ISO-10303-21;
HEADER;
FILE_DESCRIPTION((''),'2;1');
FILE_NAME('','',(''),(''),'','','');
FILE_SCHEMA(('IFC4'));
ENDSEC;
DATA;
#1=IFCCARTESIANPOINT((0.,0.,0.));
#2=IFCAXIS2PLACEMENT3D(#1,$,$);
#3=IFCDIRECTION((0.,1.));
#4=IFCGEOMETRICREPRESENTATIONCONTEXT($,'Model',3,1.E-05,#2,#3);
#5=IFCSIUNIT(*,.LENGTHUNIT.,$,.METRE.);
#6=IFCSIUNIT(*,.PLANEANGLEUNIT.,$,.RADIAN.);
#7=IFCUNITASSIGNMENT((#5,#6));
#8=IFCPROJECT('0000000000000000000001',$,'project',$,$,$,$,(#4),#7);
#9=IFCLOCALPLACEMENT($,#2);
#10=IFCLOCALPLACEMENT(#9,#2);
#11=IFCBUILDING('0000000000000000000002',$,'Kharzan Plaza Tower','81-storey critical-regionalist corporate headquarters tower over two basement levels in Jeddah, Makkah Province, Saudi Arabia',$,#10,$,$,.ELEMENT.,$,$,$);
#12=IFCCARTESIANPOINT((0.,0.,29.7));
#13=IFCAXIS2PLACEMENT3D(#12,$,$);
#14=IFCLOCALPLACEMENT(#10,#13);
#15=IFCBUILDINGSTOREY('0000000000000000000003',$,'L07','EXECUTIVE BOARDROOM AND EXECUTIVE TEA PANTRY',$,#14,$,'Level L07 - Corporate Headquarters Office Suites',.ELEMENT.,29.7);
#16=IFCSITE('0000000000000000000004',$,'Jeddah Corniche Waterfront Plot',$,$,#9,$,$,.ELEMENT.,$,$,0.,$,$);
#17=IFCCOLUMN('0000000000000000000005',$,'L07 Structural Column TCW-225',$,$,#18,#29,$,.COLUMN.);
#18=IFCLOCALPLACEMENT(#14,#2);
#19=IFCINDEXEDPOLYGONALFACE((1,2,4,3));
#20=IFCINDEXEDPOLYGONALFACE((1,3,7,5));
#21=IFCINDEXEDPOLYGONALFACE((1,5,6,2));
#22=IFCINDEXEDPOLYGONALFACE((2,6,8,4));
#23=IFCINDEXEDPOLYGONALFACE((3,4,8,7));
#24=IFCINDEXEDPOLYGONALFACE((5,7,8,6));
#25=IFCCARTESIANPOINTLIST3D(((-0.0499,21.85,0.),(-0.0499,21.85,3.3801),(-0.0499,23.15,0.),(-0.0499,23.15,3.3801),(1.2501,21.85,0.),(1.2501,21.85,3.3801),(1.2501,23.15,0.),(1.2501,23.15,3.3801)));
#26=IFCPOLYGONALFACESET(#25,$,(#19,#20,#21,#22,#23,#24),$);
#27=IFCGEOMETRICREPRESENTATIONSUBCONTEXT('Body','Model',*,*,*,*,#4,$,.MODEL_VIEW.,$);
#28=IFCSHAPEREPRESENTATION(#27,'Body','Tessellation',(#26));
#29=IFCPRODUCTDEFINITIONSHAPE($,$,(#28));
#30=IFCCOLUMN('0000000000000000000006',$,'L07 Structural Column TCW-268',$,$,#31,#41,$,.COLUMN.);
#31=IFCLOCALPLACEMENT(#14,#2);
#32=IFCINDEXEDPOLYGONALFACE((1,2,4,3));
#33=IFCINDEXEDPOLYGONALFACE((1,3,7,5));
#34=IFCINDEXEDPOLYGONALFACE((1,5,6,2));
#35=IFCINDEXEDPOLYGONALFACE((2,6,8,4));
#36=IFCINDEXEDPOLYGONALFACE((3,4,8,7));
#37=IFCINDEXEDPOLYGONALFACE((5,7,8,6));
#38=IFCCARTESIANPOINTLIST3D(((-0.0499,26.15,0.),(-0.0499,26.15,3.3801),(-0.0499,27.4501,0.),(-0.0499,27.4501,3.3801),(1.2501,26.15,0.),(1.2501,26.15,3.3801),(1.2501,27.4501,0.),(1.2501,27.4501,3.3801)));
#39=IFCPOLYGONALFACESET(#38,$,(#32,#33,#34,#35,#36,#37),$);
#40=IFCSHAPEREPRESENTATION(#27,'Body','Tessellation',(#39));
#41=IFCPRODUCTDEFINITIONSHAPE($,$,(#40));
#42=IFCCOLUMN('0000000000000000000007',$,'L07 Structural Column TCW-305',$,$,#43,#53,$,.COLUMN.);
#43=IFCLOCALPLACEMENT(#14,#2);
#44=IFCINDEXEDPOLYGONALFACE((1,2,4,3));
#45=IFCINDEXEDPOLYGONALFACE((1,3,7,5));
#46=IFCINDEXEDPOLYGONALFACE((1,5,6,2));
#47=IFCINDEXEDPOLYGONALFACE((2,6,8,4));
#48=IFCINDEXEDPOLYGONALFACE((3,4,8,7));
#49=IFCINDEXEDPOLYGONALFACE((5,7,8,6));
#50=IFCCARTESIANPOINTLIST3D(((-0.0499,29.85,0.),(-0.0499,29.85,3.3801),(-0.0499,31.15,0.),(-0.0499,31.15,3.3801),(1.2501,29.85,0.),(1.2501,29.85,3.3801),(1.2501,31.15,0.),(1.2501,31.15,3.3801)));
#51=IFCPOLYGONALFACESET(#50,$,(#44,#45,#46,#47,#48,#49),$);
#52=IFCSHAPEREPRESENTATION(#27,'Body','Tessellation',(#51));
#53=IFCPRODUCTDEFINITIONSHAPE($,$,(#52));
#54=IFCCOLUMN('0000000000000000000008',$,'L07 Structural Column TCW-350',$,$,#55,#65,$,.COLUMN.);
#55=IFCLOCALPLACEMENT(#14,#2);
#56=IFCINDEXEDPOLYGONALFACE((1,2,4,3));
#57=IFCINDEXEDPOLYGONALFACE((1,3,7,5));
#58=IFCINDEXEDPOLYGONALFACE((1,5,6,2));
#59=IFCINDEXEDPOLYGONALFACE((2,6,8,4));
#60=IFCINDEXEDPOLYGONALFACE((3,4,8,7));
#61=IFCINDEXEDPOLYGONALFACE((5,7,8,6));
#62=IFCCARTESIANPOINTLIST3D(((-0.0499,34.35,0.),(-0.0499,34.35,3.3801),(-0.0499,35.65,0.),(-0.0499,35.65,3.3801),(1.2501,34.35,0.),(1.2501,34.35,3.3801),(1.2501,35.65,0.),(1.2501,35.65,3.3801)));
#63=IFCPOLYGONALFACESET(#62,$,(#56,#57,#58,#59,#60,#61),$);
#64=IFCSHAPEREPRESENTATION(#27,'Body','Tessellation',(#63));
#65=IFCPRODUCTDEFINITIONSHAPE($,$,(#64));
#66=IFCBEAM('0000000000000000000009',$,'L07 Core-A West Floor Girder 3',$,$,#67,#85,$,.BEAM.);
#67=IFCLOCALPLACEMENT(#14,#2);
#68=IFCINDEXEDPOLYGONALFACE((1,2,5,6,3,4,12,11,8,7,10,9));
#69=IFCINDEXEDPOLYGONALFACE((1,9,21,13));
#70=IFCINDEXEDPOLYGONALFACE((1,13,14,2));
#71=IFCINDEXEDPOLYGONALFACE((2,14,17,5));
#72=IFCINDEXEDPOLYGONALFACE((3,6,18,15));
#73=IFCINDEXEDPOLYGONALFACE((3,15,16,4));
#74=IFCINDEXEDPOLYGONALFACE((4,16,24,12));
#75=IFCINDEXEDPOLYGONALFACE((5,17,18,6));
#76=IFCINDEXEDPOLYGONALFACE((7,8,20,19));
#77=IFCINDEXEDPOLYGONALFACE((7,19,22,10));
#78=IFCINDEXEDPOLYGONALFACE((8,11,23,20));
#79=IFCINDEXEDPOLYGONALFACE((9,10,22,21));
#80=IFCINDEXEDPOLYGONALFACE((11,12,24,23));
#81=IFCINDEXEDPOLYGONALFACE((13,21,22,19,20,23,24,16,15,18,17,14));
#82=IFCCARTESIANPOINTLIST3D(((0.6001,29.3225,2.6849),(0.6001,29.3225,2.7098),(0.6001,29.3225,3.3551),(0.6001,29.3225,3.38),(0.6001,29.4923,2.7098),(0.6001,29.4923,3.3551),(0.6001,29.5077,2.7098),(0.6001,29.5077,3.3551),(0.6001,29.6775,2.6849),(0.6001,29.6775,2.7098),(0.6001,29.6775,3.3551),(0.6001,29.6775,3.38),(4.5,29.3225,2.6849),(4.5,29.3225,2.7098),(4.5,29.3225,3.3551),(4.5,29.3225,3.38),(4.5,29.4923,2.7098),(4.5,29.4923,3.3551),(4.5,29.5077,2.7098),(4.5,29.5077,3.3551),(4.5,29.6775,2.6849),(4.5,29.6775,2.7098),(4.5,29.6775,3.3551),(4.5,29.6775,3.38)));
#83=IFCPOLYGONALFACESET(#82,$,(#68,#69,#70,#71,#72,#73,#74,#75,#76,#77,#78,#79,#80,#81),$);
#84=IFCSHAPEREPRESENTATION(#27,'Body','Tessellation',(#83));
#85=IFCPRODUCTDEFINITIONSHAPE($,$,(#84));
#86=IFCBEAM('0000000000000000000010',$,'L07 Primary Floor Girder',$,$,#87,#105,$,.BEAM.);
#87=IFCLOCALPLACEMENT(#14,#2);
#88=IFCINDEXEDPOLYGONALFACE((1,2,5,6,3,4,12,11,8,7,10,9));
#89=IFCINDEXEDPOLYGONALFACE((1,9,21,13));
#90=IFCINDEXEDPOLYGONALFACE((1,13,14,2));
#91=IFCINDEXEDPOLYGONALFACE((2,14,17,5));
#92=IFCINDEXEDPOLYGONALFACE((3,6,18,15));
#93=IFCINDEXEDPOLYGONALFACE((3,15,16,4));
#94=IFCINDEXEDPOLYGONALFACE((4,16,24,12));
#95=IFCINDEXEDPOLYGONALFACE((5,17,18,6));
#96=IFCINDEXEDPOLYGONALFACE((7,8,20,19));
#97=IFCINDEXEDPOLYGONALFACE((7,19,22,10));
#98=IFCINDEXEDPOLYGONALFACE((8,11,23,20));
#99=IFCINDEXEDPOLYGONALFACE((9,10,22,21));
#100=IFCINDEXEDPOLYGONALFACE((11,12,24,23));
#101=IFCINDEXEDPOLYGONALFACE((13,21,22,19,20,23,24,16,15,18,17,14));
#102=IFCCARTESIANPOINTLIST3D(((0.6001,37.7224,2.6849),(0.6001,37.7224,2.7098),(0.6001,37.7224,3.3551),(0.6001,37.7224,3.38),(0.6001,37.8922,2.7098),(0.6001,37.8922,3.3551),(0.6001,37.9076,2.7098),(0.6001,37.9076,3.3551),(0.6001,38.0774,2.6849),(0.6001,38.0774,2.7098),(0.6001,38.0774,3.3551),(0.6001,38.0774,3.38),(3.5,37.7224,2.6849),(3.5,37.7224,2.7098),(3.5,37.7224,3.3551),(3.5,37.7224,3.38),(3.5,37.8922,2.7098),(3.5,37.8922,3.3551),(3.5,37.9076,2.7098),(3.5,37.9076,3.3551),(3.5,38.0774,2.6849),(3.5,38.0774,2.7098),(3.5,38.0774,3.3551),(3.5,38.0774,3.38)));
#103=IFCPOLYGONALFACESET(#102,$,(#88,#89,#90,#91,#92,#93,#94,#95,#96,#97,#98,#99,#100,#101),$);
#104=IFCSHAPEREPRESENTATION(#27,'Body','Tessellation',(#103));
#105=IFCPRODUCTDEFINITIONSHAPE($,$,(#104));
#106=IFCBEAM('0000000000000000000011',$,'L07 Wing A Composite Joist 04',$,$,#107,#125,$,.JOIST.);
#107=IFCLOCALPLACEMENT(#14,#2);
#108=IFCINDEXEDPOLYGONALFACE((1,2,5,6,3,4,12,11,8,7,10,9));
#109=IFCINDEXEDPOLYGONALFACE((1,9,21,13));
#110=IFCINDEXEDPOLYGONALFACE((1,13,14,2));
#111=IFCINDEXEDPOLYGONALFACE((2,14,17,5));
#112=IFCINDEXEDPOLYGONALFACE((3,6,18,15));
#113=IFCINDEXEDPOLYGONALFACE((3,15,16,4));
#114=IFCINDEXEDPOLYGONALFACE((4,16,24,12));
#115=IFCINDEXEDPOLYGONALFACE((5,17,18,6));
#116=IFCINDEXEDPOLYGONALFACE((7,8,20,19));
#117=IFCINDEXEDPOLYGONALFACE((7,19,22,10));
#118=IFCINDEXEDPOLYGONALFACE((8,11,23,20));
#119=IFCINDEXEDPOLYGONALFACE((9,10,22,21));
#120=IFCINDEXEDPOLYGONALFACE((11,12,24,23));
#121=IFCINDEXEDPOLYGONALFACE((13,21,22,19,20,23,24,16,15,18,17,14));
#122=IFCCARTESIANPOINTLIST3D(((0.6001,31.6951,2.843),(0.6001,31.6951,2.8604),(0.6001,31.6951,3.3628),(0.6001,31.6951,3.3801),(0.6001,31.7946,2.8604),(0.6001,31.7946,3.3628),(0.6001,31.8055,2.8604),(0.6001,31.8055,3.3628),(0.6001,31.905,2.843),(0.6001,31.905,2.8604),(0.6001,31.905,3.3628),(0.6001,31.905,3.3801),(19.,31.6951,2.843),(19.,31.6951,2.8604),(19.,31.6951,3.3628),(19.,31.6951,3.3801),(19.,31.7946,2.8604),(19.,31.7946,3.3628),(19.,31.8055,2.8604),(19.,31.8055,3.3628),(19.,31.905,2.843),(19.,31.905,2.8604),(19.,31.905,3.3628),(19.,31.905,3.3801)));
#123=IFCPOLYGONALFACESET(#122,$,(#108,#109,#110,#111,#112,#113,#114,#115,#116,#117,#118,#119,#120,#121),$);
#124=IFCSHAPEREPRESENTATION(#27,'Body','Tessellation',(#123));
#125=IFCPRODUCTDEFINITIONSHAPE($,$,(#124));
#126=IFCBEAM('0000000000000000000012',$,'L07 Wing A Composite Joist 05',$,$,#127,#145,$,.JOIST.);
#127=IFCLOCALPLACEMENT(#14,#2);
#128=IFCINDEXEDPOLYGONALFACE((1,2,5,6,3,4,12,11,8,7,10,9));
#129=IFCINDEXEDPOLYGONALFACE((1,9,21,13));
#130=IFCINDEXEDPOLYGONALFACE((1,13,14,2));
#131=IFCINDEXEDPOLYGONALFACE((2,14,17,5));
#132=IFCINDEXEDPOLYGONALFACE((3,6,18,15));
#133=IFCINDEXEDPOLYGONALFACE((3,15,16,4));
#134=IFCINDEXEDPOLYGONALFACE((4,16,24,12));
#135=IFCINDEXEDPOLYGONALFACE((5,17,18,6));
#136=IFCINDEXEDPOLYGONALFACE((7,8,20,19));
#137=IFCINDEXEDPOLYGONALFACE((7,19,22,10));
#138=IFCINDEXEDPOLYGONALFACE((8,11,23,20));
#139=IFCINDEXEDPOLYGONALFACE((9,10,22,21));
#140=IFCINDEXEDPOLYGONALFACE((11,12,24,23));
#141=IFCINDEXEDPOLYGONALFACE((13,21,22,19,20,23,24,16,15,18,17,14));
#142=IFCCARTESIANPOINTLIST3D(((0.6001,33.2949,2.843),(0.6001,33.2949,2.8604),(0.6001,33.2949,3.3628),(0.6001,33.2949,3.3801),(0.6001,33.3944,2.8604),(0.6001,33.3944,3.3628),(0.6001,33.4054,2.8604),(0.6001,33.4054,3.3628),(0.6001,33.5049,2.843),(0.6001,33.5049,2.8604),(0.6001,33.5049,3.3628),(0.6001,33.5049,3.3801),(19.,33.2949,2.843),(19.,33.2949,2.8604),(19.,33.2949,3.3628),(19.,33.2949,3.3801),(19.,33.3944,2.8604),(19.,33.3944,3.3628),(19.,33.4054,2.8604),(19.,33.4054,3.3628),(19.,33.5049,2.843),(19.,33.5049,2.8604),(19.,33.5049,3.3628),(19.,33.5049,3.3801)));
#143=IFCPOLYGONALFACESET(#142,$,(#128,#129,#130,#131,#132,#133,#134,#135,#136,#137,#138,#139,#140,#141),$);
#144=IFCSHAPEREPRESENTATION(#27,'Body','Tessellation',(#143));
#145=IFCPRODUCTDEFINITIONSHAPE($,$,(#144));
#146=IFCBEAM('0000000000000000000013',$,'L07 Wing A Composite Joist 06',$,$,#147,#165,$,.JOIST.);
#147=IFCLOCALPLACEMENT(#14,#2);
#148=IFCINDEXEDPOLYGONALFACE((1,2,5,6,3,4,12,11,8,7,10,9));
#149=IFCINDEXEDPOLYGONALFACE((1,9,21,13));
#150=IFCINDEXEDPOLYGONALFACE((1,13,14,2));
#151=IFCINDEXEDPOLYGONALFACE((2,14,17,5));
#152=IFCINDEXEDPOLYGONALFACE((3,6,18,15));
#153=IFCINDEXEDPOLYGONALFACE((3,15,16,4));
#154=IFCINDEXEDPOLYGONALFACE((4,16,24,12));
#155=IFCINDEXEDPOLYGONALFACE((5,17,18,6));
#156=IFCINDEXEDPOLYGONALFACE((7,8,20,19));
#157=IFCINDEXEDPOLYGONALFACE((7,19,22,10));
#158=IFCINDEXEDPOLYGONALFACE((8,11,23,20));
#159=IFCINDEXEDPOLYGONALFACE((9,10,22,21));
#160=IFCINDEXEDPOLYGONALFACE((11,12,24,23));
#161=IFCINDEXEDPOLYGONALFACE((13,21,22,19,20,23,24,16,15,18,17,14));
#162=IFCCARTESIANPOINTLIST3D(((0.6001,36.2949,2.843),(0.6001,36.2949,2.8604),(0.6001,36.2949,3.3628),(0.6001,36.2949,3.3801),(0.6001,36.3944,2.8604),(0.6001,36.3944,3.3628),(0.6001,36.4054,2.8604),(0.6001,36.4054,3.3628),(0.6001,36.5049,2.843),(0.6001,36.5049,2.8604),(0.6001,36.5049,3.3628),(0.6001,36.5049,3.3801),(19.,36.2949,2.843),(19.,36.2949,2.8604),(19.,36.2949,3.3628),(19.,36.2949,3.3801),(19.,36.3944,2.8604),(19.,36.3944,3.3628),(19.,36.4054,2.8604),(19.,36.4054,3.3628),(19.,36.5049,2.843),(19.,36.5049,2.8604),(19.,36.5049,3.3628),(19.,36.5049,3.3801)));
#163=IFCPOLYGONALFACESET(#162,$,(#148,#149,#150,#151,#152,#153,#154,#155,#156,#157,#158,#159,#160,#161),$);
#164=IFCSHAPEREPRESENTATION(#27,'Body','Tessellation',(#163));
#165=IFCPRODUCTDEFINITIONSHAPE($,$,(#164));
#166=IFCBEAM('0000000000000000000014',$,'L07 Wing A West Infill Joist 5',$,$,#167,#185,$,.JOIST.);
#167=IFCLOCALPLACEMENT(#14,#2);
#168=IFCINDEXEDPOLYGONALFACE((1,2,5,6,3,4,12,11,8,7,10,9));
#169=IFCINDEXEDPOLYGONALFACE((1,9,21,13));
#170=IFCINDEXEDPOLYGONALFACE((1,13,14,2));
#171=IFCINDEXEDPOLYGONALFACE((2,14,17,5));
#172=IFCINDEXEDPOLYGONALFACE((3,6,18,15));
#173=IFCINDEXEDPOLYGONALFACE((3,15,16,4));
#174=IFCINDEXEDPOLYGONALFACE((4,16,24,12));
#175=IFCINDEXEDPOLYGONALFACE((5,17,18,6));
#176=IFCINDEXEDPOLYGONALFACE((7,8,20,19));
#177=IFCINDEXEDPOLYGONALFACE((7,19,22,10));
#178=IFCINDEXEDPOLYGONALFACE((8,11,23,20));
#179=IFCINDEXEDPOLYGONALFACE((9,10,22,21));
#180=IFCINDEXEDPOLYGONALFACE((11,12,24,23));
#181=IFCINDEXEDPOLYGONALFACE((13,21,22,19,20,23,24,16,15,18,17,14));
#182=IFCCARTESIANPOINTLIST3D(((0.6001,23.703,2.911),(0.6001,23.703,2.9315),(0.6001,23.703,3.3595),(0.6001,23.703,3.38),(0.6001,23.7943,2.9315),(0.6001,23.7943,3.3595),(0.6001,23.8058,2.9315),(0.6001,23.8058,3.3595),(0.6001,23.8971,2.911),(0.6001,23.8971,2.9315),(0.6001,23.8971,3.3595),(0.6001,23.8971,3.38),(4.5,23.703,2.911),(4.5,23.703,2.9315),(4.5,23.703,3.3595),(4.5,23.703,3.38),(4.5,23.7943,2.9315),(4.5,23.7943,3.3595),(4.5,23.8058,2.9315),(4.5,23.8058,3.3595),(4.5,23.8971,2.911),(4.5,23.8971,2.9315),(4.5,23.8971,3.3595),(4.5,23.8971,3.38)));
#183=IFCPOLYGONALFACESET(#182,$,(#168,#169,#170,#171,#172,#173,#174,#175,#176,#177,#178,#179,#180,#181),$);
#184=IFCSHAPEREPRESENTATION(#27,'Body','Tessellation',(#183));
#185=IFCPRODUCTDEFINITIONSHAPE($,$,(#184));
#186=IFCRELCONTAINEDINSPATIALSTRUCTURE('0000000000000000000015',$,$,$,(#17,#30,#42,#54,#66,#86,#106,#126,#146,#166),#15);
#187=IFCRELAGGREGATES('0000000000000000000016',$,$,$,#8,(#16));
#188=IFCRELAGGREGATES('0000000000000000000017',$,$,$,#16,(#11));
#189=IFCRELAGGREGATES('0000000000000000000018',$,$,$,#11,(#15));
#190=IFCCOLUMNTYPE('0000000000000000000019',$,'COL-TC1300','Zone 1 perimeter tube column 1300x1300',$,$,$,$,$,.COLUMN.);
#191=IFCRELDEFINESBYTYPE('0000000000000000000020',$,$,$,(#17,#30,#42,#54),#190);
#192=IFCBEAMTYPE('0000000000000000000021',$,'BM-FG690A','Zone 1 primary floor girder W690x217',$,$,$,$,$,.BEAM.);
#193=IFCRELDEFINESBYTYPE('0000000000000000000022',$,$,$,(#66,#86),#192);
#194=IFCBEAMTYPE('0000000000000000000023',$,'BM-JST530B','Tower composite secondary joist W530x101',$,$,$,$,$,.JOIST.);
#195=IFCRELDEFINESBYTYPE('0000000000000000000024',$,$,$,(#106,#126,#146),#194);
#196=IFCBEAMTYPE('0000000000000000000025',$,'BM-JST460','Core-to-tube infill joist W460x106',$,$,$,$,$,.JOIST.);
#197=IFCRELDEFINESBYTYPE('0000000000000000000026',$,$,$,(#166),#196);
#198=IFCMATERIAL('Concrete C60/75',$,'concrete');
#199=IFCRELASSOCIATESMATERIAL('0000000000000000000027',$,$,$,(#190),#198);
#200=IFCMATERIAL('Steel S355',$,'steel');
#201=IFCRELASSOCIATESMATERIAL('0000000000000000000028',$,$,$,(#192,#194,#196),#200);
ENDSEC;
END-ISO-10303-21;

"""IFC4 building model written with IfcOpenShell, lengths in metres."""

from ifc_helpers import new_model, si_unit, direction, frame, origin, origin_2d, place, context, subcontext, project, spatial, rectangle, i_section, extrude, source, transform, mapped, material, material_profile, profile_set, type_object, element, save


model = new_model("IFC4")

# Units and contexts
model_context = context("Model", 3, precision=1e-05, world=origin(), true_north=direction((0.0, 1.0)))
body_context = subcontext(model_context, "Body", "Model", "MODEL_VIEW")
ifc_project = project(units=[si_unit("LENGTHUNIT", "METRE"), si_unit("PLANEANGLEUNIT", "RADIAN")], contexts=[model_context])

# Site, building, storey
site_placement = place(None, origin())
site = spatial("IfcSite", under=ifc_project, at=site_placement, Name="Jeddah Corniche Waterfront Plot", CompositionType="ELEMENT", RefElevation=0.0)
building_placement = place(site_placement, origin())
building = spatial("IfcBuilding", under=site, at=building_placement, Name="Kharzan Plaza Tower", Description="81-storey critical-regionalist corporate headquarters tower over two basement levels in Jeddah, Makkah Province, Saudi Arabia", CompositionType="ELEMENT")
storey_placement = place(building_placement, frame((0.0, 0.0, 29.7)))
storey = spatial("IfcBuildingStorey", under=building, at=storey_placement, Name="L07", Description="EXECUTIVE BOARDROOM AND EXECUTIVE TEA PANTRY", LongName="Level L07 - Corporate Headquarters Office Suites", CompositionType="ELEMENT", Elevation=29.7)

# Columns
ifc_material_1 = material(Name="Concrete C60/75", Category="concrete")
ifc_material_profile_1 = material_profile(ifc_material_1, rectangle(XDim=1.3, YDim=1.3, at=origin_2d()), Name="RC-TC1300x1300")
ifc_profile_set_1 = profile_set([ifc_material_profile_1], Name="Concrete C60/75")
column_type = type_object("IfcColumnType", Name="COL-TC1300", Description="Zone 1 perimeter tube column 1300x1300", PredefinedType="COLUMN", material=ifc_profile_set_1)
shared_shape_1 = source(origin(), body_context, "Body", "SweptSolid", [
    extrude(rectangle(XDim=1.3, YDim=1.3, at=origin_2d()), origin(), (0.0, 0.0, 1.0), 3.3801),
])
for number, where, z_axis, x_axis, name in (
    (1, (0.6001, 22.5, 0.0), (0.0, 0.0, 1.0), (1.0, 0.0, 0.0), "L07 Structural Column TCW-225"),
    (2, (0.6001, 26.8, 0.0), (0.0, 0.0, 1.0), (1.0, 0.0, 0.0), "L07 Structural Column TCW-268"),
    (3, (0.6001, 30.5, 0.0), (0.0, 0.0, 1.0), (1.0, 0.0, 0.0), "L07 Structural Column TCW-305"),
    (4, (0.6001, 35.0, 0.0), (0.0, 0.0, 1.0), (1.0, 0.0, 0.0), "L07 Structural Column TCW-350"),
):
    element("IfcColumn", number, at=place(storey_placement, frame(where, z_axis=z_axis, x_axis=x_axis)), inside=storey, type_object=column_type, Name=name, PredefinedType="COLUMN", context=body_context, shape_type="MappedRepresentation", body=[
        mapped(shared_shape_1, transform((0.0, 0.0, 0.0), x_axis=(1.0, 0.0, 0.0), y_axis=(0.0, 1.0, 0.0), z_axis=(0.0, 0.0, 1.0))),
    ])

# Beams
ifc_material_2 = material(Name="Steel S355", Category="steel")
ifc_material_profile_2 = material_profile(ifc_material_2, i_section(OverallWidth=0.355, OverallDepth=0.6951, WebThickness=0.0154, FlangeThickness=0.0249, at=origin_2d()), Name="W690x217")
ifc_profile_set_2 = profile_set([ifc_material_profile_2], Name="Steel S355")
beam_type_1 = type_object("IfcBeamType", Name="BM-FG690A", Description="Zone 1 primary floor girder W690x217", PredefinedType="BEAM", material=ifc_profile_set_2)
shared_shape_2 = source(origin(), body_context, "Body", "SweptSolid", [
    extrude(i_section(OverallWidth=0.355, OverallDepth=0.6951, WebThickness=0.0154, FlangeThickness=0.0249, at=origin_2d()), origin(), (0.0, 0.0, 1.0), 3.8999),
])
beam_1_placement = place(storey_placement, frame((0.6001, 29.5, 3.0325), z_axis=(1.0, 0.0, 0.0), x_axis=(0.0, 1.0, 0.0)))
element("IfcBeam", 5, at=beam_1_placement, inside=storey, type_object=beam_type_1, Name="L07 Core-A West Floor Girder 3", PredefinedType="BEAM", context=body_context, shape_type="MappedRepresentation", body=[
    mapped(shared_shape_2, transform((0.0, 0.0, 0.0), x_axis=(1.0, 0.0, 0.0), y_axis=(0.0, 1.0, 0.0), z_axis=(0.0, 0.0, 1.0))),
])
shared_shape_3 = source(origin(), body_context, "Body", "SweptSolid", [
    extrude(i_section(OverallWidth=0.355, OverallDepth=0.6951, WebThickness=0.0154, FlangeThickness=0.0249, at=origin_2d()), origin(), (0.0, 0.0, 1.0), 2.8999),
])
beam_2_placement = place(storey_placement, frame((0.6001, 37.8999, 3.0325), z_axis=(1.0, 0.0, 0.0), x_axis=(0.0, 1.0, 0.0)))
element("IfcBeam", 6, at=beam_2_placement, inside=storey, type_object=beam_type_1, Name="L07 Primary Floor Girder", PredefinedType="BEAM", context=body_context, shape_type="MappedRepresentation", body=[
    mapped(shared_shape_3, transform((0.0, 0.0, 0.0), x_axis=(1.0, 0.0, 0.0), y_axis=(0.0, 1.0, 0.0), z_axis=(0.0, 0.0, 1.0))),
])
ifc_material_profile_3 = material_profile(ifc_material_2, i_section(OverallWidth=0.21, OverallDepth=0.5371, WebThickness=0.011, FlangeThickness=0.0173, at=origin_2d()), Name="W530x101")
ifc_profile_set_3 = profile_set([ifc_material_profile_3], Name="Steel S355")
beam_type_2 = type_object("IfcBeamType", Name="BM-JST530B", Description="Tower composite secondary joist W530x101", PredefinedType="JOIST", material=ifc_profile_set_3)
shared_shape_4 = source(origin(), body_context, "Body", "SweptSolid", [
    extrude(i_section(OverallWidth=0.21, OverallDepth=0.5371, WebThickness=0.011, FlangeThickness=0.0173, at=origin_2d()), origin(), (0.0, 0.0, 1.0), 18.3999),
])
for number, where, z_axis, x_axis, name in (
    (7, (0.6001, 31.8, 3.1116), (1.0, 0.0, 0.0), (0.0, 1.0, 0.0), "L07 Wing A Composite Joist 04"),
    (8, (0.6001, 33.3999, 3.1116), (1.0, 0.0, 0.0), (0.0, 1.0, 0.0), "L07 Wing A Composite Joist 05"),
    (9, (0.6001, 36.3999, 3.1116), (1.0, 0.0, 0.0), (0.0, 1.0, 0.0), "L07 Wing A Composite Joist 06"),
):
    element("IfcBeam", number, at=place(storey_placement, frame(where, z_axis=z_axis, x_axis=x_axis)), inside=storey, type_object=beam_type_2, Name=name, PredefinedType="JOIST", context=body_context, shape_type="MappedRepresentation", body=[
        mapped(shared_shape_4, transform((0.0, 0.0, 0.0), x_axis=(1.0, 0.0, 0.0), y_axis=(0.0, 1.0, 0.0), z_axis=(0.0, 0.0, 1.0))),
    ])
ifc_material_profile_4 = material_profile(ifc_material_2, i_section(OverallWidth=0.1941, OverallDepth=0.469, WebThickness=0.0115, FlangeThickness=0.0205, at=origin_2d()), Name="W460x106")
ifc_profile_set_4 = profile_set([ifc_material_profile_4], Name="Steel S355")
beam_type_3 = type_object("IfcBeamType", Name="BM-JST460", Description="Core-to-tube infill joist W460x106", PredefinedType="JOIST", material=ifc_profile_set_4)
shared_shape_5 = source(origin(), body_context, "Body", "SweptSolid", [
    extrude(i_section(OverallWidth=0.1941, OverallDepth=0.469, WebThickness=0.0115, FlangeThickness=0.0205, at=origin_2d()), origin(), (0.0, 0.0, 1.0), 3.8999),
])
for number, where, z_axis, x_axis, name in (
    (10, (0.6001, 23.8, 3.1455), (1.0, 0.0, 0.0), (0.0, 1.0, 0.0), "L07 Wing A West Infill Joist 5"),
):
    element("IfcBeam", number, at=place(storey_placement, frame(where, z_axis=z_axis, x_axis=x_axis)), inside=storey, type_object=beam_type_3, Name=name, PredefinedType="JOIST", context=body_context, shape_type="MappedRepresentation", body=[
        mapped(shared_shape_5, transform((0.0, 0.0, 0.0), x_axis=(1.0, 0.0, 0.0), y_axis=(0.0, 1.0, 0.0), z_axis=(0.0, 0.0, 1.0))),
    ])

save(model, "model.ifc")
